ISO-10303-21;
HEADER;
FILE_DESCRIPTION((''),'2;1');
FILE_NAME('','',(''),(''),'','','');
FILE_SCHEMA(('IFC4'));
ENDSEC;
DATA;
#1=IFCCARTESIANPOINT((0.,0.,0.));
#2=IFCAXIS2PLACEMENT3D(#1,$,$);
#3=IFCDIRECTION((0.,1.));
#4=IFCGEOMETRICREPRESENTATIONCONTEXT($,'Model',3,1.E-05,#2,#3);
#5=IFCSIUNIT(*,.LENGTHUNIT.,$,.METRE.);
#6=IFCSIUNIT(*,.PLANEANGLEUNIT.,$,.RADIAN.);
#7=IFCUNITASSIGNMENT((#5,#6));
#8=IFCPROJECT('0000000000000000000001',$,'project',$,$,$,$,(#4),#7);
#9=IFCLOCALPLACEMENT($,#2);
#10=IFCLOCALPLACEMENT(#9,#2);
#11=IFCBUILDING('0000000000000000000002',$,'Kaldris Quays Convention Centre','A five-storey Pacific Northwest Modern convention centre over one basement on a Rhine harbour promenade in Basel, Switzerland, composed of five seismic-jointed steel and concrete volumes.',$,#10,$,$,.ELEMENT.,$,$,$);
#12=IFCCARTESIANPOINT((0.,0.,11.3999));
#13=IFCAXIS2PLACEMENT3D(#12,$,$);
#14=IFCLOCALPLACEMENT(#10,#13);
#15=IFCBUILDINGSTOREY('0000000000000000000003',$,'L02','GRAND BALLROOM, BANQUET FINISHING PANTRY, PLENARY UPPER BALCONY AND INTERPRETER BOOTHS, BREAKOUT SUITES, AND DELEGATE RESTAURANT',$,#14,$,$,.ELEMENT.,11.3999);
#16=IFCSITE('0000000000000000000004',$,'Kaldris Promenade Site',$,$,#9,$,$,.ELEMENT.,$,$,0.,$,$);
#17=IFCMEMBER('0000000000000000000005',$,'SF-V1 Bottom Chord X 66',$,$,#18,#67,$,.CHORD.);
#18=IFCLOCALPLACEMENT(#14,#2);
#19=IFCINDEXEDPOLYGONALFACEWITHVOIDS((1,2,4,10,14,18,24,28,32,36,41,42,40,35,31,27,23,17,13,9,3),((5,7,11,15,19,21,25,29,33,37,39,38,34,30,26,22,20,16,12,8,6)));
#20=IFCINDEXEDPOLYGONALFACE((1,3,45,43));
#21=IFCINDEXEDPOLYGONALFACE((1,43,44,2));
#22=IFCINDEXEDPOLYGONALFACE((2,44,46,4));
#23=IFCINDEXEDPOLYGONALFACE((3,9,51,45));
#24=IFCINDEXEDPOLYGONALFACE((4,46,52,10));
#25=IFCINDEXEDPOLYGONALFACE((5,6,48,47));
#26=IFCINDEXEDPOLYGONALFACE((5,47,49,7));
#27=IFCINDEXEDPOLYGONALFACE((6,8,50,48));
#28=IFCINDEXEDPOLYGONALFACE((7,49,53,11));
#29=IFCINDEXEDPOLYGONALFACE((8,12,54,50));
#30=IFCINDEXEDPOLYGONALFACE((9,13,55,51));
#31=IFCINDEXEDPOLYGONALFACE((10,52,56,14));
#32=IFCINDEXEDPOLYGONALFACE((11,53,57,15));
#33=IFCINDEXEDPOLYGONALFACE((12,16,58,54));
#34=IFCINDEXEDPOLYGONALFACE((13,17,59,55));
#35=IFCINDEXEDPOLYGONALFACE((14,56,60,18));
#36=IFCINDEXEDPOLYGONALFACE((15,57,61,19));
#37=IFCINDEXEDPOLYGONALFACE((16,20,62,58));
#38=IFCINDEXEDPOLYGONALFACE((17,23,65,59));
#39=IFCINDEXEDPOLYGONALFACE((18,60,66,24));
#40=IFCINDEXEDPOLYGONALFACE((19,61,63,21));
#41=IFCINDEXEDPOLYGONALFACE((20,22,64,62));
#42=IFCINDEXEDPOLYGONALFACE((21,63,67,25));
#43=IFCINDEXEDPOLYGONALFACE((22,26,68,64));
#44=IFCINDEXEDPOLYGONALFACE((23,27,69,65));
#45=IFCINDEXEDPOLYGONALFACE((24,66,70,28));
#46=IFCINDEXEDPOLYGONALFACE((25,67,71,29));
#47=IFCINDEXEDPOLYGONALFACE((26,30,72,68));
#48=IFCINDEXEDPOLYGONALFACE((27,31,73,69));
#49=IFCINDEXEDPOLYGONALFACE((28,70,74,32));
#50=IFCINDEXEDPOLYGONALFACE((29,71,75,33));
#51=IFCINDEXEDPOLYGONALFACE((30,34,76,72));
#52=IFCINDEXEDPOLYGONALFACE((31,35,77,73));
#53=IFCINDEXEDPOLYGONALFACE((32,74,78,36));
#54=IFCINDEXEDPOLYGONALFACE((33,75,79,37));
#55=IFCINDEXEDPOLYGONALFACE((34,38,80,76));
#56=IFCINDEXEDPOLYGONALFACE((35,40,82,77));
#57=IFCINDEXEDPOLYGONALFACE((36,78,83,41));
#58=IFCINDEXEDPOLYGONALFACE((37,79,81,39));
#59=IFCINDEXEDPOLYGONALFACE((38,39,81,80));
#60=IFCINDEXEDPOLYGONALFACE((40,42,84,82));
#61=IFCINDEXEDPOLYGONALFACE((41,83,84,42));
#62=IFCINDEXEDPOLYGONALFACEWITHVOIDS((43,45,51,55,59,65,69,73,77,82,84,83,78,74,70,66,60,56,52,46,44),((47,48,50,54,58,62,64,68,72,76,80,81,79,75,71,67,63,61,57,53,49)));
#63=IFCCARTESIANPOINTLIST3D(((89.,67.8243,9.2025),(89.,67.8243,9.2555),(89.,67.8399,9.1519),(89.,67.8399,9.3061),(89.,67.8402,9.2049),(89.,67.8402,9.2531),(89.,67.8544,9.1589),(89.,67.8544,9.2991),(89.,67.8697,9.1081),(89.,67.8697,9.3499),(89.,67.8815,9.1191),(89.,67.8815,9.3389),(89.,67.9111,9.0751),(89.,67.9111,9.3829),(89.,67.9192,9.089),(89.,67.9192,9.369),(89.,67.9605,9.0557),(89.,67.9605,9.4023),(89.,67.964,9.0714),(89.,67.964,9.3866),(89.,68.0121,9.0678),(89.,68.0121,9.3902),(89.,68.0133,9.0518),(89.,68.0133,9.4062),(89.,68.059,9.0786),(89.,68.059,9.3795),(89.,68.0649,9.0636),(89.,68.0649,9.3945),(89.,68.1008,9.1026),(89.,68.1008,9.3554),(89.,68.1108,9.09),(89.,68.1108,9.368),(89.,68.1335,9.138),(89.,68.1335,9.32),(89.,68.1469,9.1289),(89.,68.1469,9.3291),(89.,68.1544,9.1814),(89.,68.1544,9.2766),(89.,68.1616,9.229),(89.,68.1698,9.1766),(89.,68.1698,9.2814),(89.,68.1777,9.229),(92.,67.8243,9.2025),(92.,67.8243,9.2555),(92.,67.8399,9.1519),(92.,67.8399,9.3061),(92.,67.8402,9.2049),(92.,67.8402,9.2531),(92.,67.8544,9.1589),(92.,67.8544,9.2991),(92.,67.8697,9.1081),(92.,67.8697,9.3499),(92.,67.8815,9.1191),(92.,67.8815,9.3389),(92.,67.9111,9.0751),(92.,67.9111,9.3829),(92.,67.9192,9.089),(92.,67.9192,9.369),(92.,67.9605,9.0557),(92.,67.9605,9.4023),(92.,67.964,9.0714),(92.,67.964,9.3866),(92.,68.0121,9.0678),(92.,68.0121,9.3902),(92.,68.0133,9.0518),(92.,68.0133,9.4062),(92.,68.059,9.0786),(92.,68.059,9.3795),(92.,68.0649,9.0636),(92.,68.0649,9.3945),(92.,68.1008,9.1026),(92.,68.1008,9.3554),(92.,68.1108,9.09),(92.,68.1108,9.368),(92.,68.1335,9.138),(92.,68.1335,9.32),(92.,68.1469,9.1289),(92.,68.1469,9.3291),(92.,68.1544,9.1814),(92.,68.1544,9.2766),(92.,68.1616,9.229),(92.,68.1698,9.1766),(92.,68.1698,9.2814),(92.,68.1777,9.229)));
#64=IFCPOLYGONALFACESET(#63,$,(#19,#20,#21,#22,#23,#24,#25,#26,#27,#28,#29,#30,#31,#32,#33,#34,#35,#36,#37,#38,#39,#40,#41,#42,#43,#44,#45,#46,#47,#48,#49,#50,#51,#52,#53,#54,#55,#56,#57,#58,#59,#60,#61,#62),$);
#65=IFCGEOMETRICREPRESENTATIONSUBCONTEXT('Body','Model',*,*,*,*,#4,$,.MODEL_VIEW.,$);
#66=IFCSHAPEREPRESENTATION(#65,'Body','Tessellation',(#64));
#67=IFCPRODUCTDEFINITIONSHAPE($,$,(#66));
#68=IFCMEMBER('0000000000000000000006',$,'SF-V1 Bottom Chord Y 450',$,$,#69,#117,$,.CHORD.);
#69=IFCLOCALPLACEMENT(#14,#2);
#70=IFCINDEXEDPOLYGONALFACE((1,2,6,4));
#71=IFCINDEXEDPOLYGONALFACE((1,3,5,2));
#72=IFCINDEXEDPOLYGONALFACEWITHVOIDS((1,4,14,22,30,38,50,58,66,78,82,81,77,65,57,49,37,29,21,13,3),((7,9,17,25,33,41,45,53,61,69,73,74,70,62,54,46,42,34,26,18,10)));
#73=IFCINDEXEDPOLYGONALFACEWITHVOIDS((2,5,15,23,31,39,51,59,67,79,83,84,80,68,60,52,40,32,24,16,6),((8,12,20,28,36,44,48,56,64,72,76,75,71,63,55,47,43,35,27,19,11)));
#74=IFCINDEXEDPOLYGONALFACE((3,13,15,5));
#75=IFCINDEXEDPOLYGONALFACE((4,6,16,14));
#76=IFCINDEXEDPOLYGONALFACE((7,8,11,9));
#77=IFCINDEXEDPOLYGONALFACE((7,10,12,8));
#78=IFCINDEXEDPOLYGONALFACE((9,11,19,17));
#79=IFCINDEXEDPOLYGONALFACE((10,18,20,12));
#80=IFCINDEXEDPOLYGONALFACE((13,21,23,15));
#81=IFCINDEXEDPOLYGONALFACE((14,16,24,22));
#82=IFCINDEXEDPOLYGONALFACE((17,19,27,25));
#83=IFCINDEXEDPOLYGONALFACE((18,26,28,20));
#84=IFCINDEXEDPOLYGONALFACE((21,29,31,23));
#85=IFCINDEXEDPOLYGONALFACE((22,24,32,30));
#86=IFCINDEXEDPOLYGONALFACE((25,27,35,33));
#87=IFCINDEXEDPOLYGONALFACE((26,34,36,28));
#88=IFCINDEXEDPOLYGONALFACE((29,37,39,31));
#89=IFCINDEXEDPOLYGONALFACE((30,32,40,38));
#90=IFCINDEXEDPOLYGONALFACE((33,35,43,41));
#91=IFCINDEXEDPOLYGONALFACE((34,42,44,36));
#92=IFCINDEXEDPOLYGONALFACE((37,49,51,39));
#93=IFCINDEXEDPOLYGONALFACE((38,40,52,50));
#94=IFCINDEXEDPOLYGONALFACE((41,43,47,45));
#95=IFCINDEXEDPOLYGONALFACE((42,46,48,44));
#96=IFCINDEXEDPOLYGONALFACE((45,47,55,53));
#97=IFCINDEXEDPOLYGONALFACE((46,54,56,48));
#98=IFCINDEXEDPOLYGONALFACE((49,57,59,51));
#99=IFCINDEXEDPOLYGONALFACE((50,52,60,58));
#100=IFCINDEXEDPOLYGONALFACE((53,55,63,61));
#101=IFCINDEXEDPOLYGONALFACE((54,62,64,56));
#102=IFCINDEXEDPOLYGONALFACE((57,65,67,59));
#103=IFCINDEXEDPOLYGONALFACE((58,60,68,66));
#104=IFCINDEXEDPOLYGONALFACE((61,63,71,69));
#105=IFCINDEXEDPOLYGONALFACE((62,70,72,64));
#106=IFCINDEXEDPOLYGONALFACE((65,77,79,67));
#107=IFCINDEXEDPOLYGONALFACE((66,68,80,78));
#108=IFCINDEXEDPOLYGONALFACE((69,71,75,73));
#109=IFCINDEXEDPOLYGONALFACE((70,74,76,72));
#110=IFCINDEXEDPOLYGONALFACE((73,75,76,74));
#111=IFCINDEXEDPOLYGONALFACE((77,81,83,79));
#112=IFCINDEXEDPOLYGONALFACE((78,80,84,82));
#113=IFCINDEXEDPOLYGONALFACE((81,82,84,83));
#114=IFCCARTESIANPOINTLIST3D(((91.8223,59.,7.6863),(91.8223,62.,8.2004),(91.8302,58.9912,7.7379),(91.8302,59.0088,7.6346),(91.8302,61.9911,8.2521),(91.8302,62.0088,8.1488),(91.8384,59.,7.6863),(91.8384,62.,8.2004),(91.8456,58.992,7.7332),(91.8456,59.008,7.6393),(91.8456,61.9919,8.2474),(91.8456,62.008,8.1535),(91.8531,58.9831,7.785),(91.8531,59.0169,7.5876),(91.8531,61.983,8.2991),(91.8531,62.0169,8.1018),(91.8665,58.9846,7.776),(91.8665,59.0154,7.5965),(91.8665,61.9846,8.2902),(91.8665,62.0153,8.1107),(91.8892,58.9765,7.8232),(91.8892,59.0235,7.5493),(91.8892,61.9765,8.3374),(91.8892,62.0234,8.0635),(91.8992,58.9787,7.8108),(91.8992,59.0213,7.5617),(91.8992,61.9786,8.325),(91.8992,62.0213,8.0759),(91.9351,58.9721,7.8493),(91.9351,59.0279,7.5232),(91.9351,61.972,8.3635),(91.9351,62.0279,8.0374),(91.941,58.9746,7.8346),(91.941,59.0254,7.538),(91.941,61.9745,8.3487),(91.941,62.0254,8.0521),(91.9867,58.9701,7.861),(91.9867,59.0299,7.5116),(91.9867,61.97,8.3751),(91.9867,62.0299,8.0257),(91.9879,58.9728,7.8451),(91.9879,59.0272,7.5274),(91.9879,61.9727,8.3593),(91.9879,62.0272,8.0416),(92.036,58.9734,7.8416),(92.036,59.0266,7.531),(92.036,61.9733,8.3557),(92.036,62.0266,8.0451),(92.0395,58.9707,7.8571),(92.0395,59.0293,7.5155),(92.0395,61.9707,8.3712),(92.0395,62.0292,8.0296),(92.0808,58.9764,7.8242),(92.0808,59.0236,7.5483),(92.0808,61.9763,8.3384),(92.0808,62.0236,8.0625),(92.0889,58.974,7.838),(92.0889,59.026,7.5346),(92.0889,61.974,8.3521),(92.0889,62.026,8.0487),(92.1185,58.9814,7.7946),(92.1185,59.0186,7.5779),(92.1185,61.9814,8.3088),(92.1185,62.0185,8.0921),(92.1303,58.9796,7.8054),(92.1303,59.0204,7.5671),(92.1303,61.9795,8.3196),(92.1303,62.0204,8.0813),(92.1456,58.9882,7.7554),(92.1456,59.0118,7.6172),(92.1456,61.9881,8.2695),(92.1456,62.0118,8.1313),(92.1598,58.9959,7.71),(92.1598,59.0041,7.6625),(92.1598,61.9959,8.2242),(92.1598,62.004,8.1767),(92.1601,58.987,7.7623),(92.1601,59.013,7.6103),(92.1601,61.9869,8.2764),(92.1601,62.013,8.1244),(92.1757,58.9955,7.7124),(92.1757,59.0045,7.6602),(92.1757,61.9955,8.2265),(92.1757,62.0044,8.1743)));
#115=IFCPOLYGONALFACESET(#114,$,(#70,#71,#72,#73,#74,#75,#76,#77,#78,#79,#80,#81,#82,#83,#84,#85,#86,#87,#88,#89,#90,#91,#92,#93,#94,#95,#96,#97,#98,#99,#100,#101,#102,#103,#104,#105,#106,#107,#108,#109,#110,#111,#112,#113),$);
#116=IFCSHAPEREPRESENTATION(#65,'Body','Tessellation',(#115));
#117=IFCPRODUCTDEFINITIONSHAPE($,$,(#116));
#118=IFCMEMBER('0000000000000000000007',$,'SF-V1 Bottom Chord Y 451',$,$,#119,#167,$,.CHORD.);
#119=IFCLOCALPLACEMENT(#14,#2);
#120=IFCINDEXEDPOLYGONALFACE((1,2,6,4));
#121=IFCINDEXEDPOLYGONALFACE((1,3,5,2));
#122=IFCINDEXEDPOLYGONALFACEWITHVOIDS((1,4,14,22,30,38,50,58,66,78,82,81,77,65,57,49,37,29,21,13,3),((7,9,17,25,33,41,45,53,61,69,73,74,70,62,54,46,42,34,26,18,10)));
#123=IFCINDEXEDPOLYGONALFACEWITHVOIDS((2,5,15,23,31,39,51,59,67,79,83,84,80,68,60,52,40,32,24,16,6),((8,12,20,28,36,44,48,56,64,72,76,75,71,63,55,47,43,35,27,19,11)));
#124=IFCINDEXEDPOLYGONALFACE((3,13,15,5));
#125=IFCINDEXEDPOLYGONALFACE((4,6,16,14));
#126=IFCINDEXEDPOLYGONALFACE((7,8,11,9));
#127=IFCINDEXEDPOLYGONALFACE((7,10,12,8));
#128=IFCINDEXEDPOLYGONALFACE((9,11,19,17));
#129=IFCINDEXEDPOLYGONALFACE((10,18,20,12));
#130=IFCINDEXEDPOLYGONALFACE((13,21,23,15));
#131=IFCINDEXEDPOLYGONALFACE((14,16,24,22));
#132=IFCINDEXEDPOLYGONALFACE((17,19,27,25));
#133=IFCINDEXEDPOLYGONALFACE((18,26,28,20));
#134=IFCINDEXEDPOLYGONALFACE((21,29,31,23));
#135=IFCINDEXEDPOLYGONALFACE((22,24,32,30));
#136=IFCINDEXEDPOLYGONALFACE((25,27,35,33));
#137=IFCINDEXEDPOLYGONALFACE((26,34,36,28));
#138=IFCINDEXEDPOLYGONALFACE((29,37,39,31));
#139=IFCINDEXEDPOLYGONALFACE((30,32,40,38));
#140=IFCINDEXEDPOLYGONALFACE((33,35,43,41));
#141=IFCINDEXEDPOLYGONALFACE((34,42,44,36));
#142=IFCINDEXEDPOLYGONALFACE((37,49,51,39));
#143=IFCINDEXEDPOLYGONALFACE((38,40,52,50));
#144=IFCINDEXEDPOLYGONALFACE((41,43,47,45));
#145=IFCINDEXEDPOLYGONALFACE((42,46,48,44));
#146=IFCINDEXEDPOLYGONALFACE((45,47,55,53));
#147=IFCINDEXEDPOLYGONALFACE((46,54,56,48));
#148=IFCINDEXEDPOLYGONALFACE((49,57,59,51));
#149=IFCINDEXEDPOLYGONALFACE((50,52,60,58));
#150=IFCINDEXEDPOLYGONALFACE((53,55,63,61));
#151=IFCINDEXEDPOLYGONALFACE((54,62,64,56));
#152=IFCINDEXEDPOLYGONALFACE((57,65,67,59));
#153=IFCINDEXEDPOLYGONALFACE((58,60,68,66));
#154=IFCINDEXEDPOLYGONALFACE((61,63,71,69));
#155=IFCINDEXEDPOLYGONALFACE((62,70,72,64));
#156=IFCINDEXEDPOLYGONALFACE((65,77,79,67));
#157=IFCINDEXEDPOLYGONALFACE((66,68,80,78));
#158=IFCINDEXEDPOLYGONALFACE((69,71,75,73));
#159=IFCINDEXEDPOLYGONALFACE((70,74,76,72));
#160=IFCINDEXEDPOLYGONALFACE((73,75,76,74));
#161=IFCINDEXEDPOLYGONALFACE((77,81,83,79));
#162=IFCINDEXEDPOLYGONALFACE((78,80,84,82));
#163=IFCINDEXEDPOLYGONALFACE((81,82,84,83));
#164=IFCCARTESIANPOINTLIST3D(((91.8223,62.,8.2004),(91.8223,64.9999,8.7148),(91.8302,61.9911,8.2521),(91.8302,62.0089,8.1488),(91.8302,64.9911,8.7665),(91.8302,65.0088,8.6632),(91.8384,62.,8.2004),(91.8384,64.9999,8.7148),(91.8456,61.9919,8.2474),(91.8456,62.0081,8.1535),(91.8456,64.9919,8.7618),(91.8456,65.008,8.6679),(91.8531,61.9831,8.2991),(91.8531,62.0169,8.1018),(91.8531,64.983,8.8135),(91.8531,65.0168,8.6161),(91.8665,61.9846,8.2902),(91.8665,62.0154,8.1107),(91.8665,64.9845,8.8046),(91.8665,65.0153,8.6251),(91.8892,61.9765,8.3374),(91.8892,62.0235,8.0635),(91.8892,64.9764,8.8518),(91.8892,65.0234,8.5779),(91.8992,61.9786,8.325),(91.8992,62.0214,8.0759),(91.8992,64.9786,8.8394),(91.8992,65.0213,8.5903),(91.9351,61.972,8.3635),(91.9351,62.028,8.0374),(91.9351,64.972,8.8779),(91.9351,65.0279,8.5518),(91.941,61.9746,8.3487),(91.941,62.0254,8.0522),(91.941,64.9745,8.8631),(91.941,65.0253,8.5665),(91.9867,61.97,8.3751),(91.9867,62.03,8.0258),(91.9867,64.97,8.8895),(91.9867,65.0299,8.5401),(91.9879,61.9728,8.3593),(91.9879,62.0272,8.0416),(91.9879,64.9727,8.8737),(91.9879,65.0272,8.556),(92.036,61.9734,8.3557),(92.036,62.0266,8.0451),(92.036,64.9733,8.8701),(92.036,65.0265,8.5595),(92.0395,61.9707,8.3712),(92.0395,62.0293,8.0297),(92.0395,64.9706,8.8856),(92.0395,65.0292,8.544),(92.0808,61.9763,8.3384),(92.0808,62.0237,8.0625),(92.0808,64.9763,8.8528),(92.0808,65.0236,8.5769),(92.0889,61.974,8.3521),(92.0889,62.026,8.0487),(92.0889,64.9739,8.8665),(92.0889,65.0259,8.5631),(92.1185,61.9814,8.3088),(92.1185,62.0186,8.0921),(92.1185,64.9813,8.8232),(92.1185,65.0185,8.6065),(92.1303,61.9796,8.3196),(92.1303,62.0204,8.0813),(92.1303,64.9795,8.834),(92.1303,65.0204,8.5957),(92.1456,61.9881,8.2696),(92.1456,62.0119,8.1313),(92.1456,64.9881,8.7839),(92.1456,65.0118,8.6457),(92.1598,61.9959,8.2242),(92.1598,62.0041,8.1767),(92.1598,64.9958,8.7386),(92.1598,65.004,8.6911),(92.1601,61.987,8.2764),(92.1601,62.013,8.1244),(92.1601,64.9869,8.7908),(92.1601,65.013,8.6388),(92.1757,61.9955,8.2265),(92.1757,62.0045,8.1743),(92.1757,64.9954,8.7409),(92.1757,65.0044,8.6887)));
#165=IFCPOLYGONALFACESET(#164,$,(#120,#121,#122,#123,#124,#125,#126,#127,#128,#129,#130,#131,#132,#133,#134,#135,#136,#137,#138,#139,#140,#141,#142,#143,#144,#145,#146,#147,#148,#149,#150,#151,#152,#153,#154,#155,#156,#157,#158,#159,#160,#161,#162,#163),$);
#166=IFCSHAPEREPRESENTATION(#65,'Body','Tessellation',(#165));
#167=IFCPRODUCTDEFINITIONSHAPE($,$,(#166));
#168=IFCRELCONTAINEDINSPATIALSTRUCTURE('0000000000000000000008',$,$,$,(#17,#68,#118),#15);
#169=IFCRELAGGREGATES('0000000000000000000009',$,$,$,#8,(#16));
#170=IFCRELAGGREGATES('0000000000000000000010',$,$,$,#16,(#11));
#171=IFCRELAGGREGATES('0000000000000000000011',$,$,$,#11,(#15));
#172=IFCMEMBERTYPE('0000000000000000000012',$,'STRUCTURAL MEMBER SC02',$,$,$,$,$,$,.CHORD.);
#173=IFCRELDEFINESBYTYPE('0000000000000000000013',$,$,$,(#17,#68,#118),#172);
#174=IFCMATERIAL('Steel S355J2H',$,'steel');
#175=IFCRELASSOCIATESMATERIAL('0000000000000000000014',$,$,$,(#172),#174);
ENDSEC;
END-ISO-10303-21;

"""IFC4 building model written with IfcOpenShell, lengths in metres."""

from ifc_helpers import new_model, si_unit, direction, frame, origin, origin_2d, place, context, subcontext, project, spatial, hollow_circle, extrude, material, material_profile, profile_set, type_object, element, save


model = new_model("IFC4")

# Units and contexts
model_context = context("Model", 3, precision=1e-05, world=origin(), true_north=direction((0.0, 1.0)))
body_context = subcontext(model_context, "Body", "Model", "MODEL_VIEW")
ifc_project = project(units=[si_unit("LENGTHUNIT", "METRE"), si_unit("PLANEANGLEUNIT", "RADIAN")], contexts=[model_context])

# Site, building, storey
site_placement = place(None, origin())
site = spatial("IfcSite", under=ifc_project, at=site_placement, Name="Kaldris Promenade Site", CompositionType="ELEMENT", RefElevation=0.0)
building_placement = place(site_placement, origin())
building = spatial("IfcBuilding", under=site, at=building_placement, Name="Kaldris Quays Convention Centre", Description="A five-storey Pacific Northwest Modern convention centre over one basement on a Rhine harbour promenade in Basel, Switzerland, composed of five seismic-jointed steel and concrete volumes.", CompositionType="ELEMENT")
storey_placement = place(building_placement, frame((0.0, 0.0, 11.3999)))
storey = spatial("IfcBuildingStorey", under=building, at=storey_placement, Name="L02", Description="GRAND BALLROOM, BANQUET FINISHING PANTRY, PLENARY UPPER BALCONY AND INTERPRETER BOOTHS, BREAKOUT SUITES, AND DELEGATE RESTAURANT", CompositionType="ELEMENT", Elevation=11.3999)

# Members
ifc_material_1 = material(Name="Steel S355J2H", Category="steel")
ifc_material_profile_1 = material_profile(ifc_material_1, hollow_circle(Radius=0.1777, WallThickness=0.0161, at=origin_2d()), Name="CHS 355.6x16")
ifc_profile_set_1 = profile_set([ifc_material_profile_1], Name="Steel S355J2H")
member_type_1 = type_object("IfcMemberType", Name="STRUCTURAL MEMBER SC02", PredefinedType="CHORD", material=ifc_profile_set_1)
for number, where, z_axis, x_axis, name in (
    (1, (89.0, 68.0, 9.229), (1.0, 0.0, 0.0), (0.0, 1.0, 0.0), "SF-V1 Bottom Chord X 66"),
):
    element("IfcMember", number, at=place(storey_placement, frame(where, z_axis=z_axis, x_axis=x_axis)), inside=storey, type_object=member_type_1, Name=name, PredefinedType="CHORD", context=body_context, shape_type="SweptSolid", body=[
        extrude(hollow_circle(Radius=0.1777, WallThickness=0.0161, at=origin_2d()), origin(), (0.0, 0.0, 1.0), 3.0),
    ])
for number, where, z_axis, x_axis, name in (
    (2, (92.0, 59.0, 7.6863), (0.0, 0.985629, 0.168924), (-1.0, 0.0, 0.0), "SF-V1 Bottom Chord Y 450"),
    (3, (92.0, 62.0, 8.2004), (0.0, 0.985616, 0.169002), (-1.0, 0.0, 0.0), "SF-V1 Bottom Chord Y 451"),
):
    element("IfcMember", number, at=place(storey_placement, frame(where, z_axis=z_axis, x_axis=x_axis)), inside=storey, type_object=member_type_1, Name=name, PredefinedType="CHORD", context=body_context, shape_type="SweptSolid", body=[
        extrude(hollow_circle(Radius=0.1777, WallThickness=0.0161, at=origin_2d()), origin(), (0.0, 0.0, 1.0), 3.0437),
    ])

save(model, "model.ifc")
